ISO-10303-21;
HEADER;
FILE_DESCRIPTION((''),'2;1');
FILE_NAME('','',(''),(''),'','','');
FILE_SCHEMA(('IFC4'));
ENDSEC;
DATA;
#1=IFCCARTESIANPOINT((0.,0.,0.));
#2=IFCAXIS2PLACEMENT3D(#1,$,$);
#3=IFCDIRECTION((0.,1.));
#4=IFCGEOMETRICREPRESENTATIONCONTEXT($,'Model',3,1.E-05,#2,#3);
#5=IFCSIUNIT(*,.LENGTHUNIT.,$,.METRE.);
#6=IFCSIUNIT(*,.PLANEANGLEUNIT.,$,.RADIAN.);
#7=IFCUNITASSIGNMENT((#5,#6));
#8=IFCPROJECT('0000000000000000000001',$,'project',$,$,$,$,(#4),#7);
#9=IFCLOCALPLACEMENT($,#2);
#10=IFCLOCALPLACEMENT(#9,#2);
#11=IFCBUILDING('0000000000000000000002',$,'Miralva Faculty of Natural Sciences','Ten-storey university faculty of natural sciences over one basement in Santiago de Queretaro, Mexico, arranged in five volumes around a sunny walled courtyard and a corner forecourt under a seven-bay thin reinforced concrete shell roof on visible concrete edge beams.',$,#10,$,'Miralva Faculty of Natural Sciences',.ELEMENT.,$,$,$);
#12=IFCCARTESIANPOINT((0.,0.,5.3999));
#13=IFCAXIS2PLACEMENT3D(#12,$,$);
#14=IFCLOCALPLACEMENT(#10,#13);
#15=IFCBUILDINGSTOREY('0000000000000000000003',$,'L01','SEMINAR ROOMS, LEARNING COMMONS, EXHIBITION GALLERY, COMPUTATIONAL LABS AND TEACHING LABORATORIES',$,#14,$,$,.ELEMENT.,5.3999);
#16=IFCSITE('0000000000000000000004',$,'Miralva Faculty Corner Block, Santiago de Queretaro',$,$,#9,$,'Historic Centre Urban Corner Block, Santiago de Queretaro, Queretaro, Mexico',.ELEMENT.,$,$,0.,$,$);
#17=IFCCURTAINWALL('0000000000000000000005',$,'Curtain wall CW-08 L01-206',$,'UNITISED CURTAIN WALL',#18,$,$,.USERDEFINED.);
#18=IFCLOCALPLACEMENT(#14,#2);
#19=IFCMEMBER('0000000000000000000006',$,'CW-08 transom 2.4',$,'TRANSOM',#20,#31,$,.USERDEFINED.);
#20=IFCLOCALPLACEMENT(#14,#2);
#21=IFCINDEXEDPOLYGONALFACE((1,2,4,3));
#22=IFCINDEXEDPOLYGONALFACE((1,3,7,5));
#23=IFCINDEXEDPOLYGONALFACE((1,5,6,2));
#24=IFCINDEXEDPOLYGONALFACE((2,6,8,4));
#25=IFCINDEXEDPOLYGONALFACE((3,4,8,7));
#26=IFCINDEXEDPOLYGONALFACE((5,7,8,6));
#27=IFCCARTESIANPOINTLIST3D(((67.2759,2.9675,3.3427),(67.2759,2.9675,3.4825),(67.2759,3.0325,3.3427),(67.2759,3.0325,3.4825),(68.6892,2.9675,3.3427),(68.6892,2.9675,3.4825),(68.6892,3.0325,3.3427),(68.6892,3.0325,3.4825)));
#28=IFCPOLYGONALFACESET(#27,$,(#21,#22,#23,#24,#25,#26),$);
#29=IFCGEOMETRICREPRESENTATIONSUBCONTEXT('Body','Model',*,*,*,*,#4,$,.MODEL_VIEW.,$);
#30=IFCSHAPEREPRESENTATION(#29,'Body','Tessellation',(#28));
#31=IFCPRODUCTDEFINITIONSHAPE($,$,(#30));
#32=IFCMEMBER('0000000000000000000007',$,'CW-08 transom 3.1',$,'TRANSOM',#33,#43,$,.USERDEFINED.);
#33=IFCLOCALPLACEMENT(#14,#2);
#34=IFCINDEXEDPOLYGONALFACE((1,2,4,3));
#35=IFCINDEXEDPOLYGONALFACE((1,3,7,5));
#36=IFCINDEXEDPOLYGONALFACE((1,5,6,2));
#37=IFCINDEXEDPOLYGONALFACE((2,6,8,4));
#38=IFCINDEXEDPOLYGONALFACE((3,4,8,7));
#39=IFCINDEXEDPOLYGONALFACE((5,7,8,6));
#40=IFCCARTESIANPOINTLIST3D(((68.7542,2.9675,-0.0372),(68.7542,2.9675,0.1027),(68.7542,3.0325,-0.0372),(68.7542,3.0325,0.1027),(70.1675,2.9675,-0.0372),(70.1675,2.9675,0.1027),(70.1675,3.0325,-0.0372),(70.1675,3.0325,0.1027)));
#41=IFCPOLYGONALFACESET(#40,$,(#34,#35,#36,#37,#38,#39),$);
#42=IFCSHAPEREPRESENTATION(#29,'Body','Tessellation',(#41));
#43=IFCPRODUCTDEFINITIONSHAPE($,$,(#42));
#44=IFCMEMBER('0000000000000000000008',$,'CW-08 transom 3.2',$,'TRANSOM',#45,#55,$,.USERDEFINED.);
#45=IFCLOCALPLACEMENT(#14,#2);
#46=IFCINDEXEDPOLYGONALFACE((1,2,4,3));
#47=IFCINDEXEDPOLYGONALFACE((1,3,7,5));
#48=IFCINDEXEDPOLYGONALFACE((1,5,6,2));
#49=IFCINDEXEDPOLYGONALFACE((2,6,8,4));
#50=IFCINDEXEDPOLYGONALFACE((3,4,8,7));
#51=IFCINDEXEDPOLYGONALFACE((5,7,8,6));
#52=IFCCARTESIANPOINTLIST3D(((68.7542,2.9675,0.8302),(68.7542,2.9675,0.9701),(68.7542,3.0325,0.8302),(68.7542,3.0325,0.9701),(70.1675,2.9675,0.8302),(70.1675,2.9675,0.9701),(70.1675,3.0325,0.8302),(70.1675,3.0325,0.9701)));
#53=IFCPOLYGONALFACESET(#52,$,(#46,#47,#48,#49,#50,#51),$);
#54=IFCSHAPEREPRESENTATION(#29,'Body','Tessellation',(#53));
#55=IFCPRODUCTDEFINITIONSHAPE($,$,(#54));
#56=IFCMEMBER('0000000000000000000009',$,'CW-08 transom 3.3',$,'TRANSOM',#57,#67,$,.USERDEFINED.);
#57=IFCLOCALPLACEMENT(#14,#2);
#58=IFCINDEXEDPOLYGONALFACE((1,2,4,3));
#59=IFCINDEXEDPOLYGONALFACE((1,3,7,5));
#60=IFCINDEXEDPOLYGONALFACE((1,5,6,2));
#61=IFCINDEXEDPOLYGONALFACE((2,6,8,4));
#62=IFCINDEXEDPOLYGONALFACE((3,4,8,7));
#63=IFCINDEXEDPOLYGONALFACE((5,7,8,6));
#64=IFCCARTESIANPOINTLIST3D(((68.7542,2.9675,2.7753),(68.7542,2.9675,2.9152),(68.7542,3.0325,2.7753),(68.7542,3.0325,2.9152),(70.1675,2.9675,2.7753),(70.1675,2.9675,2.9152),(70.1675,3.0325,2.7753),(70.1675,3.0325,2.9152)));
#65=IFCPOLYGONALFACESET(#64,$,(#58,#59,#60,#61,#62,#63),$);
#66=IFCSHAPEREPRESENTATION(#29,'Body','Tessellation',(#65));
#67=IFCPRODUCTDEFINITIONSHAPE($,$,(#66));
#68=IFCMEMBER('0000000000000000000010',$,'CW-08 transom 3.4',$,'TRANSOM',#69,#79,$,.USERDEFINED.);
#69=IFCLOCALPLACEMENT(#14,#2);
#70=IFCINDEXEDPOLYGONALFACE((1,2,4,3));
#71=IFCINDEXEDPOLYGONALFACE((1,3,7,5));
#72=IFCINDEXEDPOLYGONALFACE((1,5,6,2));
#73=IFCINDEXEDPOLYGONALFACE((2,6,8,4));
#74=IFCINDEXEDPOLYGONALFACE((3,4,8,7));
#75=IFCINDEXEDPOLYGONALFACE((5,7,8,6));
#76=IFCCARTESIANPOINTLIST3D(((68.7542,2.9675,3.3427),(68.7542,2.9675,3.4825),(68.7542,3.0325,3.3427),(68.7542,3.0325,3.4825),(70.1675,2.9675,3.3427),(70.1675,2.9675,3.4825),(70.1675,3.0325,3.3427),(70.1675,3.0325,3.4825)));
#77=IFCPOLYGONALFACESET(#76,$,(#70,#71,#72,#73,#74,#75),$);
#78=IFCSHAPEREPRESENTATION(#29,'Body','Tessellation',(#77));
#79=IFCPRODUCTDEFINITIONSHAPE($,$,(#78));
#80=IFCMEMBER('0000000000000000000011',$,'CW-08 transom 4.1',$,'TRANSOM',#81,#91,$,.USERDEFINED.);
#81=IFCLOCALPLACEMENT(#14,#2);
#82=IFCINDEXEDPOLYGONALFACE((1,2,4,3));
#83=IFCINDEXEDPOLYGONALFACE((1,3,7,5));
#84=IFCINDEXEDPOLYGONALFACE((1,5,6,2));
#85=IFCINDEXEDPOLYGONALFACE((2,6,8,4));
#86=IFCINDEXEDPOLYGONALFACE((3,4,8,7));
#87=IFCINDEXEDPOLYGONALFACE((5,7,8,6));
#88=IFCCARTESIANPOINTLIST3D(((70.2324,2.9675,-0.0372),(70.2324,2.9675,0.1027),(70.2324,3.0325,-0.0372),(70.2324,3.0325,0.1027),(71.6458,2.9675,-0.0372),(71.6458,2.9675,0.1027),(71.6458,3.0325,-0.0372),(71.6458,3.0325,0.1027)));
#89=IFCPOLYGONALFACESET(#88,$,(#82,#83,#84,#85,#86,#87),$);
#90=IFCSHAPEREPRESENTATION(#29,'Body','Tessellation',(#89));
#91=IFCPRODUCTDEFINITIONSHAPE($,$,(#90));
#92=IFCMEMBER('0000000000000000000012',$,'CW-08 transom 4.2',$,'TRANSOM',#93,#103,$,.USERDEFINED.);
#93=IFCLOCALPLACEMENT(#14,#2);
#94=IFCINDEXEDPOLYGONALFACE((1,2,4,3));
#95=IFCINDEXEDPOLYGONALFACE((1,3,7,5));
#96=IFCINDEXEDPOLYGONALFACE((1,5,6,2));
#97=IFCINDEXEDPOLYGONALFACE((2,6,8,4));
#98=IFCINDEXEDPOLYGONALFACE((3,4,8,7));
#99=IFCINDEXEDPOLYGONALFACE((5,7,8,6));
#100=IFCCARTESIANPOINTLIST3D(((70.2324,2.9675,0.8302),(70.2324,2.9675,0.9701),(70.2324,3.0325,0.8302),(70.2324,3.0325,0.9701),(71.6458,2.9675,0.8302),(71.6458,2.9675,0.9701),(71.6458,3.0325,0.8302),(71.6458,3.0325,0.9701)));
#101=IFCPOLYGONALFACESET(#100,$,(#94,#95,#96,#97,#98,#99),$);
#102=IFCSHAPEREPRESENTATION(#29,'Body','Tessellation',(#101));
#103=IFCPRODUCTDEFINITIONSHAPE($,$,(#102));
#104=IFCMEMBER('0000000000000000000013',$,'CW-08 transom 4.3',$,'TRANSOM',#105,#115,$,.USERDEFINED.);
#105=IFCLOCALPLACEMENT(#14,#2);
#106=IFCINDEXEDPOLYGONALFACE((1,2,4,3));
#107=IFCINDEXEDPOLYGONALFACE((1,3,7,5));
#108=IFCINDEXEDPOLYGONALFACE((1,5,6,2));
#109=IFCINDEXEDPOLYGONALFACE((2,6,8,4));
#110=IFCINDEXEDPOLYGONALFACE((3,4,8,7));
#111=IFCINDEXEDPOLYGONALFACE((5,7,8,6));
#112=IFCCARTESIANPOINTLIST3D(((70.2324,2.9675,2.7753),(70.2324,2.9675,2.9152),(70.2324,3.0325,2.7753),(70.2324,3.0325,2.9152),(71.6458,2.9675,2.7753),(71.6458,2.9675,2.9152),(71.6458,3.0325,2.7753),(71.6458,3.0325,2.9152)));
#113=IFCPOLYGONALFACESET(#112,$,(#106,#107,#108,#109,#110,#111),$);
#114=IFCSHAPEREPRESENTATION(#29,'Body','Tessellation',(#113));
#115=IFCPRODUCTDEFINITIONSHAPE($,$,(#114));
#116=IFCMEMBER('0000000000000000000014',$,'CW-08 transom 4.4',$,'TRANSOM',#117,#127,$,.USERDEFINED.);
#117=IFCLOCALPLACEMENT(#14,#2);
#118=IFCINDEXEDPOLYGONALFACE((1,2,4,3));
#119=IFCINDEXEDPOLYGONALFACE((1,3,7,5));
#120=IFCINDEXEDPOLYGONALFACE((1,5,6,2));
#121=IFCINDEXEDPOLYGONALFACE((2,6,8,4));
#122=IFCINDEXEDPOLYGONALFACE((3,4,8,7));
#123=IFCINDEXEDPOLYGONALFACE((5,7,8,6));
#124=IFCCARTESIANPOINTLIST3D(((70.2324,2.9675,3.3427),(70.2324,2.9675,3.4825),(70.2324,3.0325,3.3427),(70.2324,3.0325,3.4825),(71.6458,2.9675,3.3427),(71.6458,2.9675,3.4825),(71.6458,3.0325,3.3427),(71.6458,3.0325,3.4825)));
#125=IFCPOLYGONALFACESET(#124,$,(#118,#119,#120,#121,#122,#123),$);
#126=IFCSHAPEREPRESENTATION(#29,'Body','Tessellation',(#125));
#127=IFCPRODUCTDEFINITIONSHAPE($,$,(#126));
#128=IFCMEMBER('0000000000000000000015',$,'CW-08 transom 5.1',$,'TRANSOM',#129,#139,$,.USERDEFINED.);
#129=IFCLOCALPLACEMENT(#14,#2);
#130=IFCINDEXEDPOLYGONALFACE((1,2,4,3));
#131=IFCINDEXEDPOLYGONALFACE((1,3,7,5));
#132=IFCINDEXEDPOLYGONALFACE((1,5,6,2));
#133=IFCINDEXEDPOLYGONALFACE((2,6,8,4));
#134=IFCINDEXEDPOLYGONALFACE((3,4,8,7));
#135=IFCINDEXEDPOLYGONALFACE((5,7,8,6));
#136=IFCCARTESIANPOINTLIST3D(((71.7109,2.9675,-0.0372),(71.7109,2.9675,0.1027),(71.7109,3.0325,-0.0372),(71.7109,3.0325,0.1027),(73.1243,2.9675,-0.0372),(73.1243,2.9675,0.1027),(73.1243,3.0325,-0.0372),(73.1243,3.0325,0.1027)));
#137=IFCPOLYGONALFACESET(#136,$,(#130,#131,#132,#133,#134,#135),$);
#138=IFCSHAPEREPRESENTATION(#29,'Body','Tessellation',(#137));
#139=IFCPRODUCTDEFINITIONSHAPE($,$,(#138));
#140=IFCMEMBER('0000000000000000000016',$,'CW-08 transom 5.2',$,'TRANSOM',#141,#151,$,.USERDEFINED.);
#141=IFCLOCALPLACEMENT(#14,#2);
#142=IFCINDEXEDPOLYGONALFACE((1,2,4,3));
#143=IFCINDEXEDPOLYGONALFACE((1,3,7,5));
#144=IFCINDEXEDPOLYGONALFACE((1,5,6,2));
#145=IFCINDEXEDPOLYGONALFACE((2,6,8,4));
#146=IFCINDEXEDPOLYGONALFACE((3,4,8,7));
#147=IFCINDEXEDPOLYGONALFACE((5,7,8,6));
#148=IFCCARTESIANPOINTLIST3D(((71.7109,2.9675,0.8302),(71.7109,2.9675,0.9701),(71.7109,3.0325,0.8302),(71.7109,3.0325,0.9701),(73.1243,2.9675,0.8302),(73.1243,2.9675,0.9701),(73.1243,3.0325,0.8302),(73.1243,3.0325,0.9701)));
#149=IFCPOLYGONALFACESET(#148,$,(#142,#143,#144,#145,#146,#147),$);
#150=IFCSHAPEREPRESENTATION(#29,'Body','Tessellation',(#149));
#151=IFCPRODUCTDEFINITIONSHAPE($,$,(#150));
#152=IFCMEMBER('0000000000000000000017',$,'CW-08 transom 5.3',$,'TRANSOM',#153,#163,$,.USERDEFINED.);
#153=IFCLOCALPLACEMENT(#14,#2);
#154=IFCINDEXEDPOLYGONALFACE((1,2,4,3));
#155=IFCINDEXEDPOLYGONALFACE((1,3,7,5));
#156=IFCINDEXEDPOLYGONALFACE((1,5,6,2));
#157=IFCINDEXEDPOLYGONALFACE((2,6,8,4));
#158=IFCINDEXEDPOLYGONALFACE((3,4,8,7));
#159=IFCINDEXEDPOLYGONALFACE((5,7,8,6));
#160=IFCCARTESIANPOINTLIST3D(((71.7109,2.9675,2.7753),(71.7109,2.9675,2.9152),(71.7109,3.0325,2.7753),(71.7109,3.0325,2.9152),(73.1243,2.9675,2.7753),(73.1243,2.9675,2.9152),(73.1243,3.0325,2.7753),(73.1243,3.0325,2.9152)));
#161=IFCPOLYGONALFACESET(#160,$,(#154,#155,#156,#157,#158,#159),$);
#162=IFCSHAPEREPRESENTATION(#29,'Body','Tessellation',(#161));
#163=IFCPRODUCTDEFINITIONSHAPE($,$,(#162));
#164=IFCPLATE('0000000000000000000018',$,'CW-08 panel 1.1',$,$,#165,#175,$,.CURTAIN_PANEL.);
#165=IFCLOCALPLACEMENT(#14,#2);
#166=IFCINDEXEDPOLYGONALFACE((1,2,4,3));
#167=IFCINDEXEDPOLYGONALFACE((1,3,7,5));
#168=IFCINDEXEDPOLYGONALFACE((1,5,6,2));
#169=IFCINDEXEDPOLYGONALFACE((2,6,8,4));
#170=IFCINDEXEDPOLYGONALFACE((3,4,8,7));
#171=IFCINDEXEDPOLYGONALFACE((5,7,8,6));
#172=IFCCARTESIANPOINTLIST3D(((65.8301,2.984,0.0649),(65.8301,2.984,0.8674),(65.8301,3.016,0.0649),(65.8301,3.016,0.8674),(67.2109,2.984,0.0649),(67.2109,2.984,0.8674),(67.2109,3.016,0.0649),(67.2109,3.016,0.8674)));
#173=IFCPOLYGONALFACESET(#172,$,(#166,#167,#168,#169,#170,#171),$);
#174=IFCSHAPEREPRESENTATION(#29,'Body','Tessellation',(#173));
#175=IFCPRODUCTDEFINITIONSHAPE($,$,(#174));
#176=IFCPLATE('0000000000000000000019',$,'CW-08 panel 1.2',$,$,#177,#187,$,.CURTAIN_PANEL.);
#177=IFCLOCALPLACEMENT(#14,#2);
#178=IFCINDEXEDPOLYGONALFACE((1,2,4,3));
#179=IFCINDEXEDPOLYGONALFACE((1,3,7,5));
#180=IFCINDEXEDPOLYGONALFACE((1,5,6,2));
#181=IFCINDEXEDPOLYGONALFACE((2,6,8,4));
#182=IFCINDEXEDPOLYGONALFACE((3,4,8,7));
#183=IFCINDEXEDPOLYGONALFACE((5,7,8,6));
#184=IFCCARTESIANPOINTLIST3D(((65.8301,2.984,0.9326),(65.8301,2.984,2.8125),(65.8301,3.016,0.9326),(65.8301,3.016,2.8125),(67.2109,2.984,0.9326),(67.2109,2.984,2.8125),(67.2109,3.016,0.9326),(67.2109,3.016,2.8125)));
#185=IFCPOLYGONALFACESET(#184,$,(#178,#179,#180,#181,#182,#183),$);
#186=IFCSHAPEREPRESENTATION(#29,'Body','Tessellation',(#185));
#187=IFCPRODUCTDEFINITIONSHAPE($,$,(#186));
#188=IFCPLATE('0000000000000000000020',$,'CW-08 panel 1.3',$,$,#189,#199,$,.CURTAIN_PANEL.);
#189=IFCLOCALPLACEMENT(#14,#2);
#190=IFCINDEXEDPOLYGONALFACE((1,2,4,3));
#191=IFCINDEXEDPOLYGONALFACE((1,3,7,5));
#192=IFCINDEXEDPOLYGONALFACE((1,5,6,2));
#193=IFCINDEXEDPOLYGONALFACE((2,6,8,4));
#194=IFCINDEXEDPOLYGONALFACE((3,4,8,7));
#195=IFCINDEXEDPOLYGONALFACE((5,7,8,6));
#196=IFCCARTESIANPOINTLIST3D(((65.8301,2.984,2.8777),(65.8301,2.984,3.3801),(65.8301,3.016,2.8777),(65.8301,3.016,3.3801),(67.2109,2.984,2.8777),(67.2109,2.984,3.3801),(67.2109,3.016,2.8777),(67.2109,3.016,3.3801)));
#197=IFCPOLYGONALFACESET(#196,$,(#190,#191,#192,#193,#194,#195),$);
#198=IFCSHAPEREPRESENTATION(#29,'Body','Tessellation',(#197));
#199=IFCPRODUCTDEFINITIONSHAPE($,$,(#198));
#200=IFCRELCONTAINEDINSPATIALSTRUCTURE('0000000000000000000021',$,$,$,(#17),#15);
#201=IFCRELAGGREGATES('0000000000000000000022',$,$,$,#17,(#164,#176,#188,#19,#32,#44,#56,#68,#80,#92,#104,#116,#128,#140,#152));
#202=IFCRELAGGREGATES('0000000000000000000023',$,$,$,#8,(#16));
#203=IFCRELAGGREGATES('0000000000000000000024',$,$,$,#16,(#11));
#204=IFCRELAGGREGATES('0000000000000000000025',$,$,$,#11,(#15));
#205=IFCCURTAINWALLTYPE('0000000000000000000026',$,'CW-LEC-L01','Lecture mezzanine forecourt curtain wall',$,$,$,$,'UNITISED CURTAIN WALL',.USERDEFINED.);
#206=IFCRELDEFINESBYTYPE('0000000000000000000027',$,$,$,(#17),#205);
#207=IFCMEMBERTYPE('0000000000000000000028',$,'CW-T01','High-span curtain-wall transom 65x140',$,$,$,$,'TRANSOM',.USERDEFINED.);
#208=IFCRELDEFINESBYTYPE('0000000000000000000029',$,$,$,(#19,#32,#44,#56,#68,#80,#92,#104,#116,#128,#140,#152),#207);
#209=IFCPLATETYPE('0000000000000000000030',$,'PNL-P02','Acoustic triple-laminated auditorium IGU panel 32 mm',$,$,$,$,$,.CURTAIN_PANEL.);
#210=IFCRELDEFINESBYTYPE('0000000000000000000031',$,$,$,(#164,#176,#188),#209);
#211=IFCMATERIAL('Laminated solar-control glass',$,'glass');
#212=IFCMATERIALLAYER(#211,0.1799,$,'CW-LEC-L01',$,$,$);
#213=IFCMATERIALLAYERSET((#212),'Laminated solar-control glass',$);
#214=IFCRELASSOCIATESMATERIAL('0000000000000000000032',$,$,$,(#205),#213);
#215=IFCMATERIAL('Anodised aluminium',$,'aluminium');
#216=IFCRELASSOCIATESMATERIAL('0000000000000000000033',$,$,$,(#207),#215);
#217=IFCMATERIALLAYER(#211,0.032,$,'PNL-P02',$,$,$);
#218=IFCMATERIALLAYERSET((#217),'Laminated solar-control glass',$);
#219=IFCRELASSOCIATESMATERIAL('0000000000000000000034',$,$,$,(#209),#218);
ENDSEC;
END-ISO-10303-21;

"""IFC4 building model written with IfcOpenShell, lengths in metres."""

from ifc_helpers import new_model, si_unit, direction, frame, origin, origin_2d, place, context, subcontext, project, spatial, rectangle, extrude, material, layer, layer_set, material_profile, profile_set, type_object, element, aggregate, save


model = new_model("IFC4")

# Units and contexts
model_context = context("Model", 3, precision=1e-05, world=origin(), true_north=direction((0.0, 1.0)))
body_context = subcontext(model_context, "Body", "Model", "MODEL_VIEW")
ifc_project = project(units=[si_unit("LENGTHUNIT", "METRE"), si_unit("PLANEANGLEUNIT", "RADIAN")], contexts=[model_context])

# Site, building, storey
site_placement = place(None, origin())
site = spatial("IfcSite", under=ifc_project, at=site_placement, Name="Miralva Faculty Corner Block, Santiago de Queretaro", LongName="Historic Centre Urban Corner Block, Santiago de Queretaro, Queretaro, Mexico", CompositionType="ELEMENT", RefElevation=0.0)
building_placement = place(site_placement, origin())
building = spatial("IfcBuilding", under=site, at=building_placement, Name="Miralva Faculty of Natural Sciences", Description="Ten-storey university faculty of natural sciences over one basement in Santiago de Queretaro, Mexico, arranged in five volumes around a sunny walled courtyard and a corner forecourt under a seven-bay thin reinforced concrete shell roof on visible concrete edge beams.", LongName="Miralva Faculty of Natural Sciences", CompositionType="ELEMENT")
storey_placement = place(building_placement, frame((0.0, 0.0, 5.3999)))
storey = spatial("IfcBuildingStorey", under=building, at=storey_placement, Name="L01", Description="SEMINAR ROOMS, LEARNING COMMONS, EXHIBITION GALLERY, COMPUTATIONAL LABS AND TEACHING LABORATORIES", CompositionType="ELEMENT", Elevation=5.3999)

# Curtain wall, members, plates
ifc_material_1 = material(Name="Laminated solar-control glass", Category="glass")
ifc_layer_1 = layer(ifc_material_1, 0.1799, Name="CW-LEC-L01")
ifc_layer_set_1 = layer_set([ifc_layer_1], Name="Laminated solar-control glass")
curtain_wall_type = type_object("IfcCurtainWallType", Name="CW-LEC-L01", Description="Lecture mezzanine forecourt curtain wall", ElementType="UNITISED CURTAIN WALL", PredefinedType="USERDEFINED", material=ifc_layer_set_1)
curtain_wall_placement = place(storey_placement, origin())
curtain_wall = element("IfcCurtainWall", 1, at=curtain_wall_placement, inside=storey, type_object=curtain_wall_type, Name="Curtain wall CW-08 L01-206", ObjectType="UNITISED CURTAIN WALL", PredefinedType="USERDEFINED")
ifc_material_2 = material(Name="Anodised aluminium", Category="aluminium")
ifc_material_profile_1 = material_profile(ifc_material_2, rectangle(XDim=0.0649, YDim=0.1399, at=origin_2d()), Name="TRANSOM 65x140")
ifc_profile_set_1 = profile_set([ifc_material_profile_1], Name="Anodised aluminium")
member_type_1 = type_object("IfcMemberType", Name="CW-T01", Description="High-span curtain-wall transom 65x140", ElementType="TRANSOM", PredefinedType="USERDEFINED", material=ifc_profile_set_1)
member_1_placement = place(storey_placement, frame((67.2759, 3.0, 3.4126), z_axis=(1.0, 0.0, 0.0), x_axis=(0.0, 1.0, 0.0)))
member_1 = element("IfcMember", 2, at=member_1_placement, type_object=member_type_1, Name="CW-08 transom 2.4", ObjectType="TRANSOM", PredefinedType="USERDEFINED", context=body_context, shape_type="SweptSolid", body=[
    extrude(rectangle(XDim=0.0649, YDim=0.1399, at=origin_2d()), origin(), (0.0, 0.0, 1.0), 1.4133),
])
member_2_placement = place(storey_placement, frame((68.7542, 3.0, 0.0327), z_axis=(1.0, 0.0, 0.0), x_axis=(0.0, 1.0, 0.0)))
member_2 = element("IfcMember", 3, at=member_2_placement, type_object=member_type_1, Name="CW-08 transom 3.1", ObjectType="TRANSOM", PredefinedType="USERDEFINED", context=body_context, shape_type="SweptSolid", body=[
    extrude(rectangle(XDim=0.0649, YDim=0.1399, at=origin_2d()), origin(), (0.0, 0.0, 1.0), 1.4133),
])
member_3_placement = place(storey_placement, frame((68.7542, 3.0, 0.9001), z_axis=(1.0, 0.0, 0.0), x_axis=(0.0, 1.0, 0.0)))
member_3 = element("IfcMember", 4, at=member_3_placement, type_object=member_type_1, Name="CW-08 transom 3.2", ObjectType="TRANSOM", PredefinedType="USERDEFINED", context=body_context, shape_type="SweptSolid", body=[
    extrude(rectangle(XDim=0.0649, YDim=0.1399, at=origin_2d()), origin(), (0.0, 0.0, 1.0), 1.4133),
])
member_4_placement = place(storey_placement, frame((68.7542, 3.0, 2.8452), z_axis=(1.0, 0.0, 0.0), x_axis=(0.0, 1.0, 0.0)))
member_4 = element("IfcMember", 5, at=member_4_placement, type_object=member_type_1, Name="CW-08 transom 3.3", ObjectType="TRANSOM", PredefinedType="USERDEFINED", context=body_context, shape_type="SweptSolid", body=[
    extrude(rectangle(XDim=0.0649, YDim=0.1399, at=origin_2d()), origin(), (0.0, 0.0, 1.0), 1.4133),
])
member_5_placement = place(storey_placement, frame((68.7542, 3.0, 3.4126), z_axis=(1.0, 0.0, 0.0), x_axis=(0.0, 1.0, 0.0)))
member_5 = element("IfcMember", 6, at=member_5_placement, type_object=member_type_1, Name="CW-08 transom 3.4", ObjectType="TRANSOM", PredefinedType="USERDEFINED", context=body_context, shape_type="SweptSolid", body=[
    extrude(rectangle(XDim=0.0649, YDim=0.1399, at=origin_2d()), origin(), (0.0, 0.0, 1.0), 1.4133),
])
member_6_placement = place(storey_placement, frame((70.2324, 3.0, 0.0327), z_axis=(1.0, 0.0, 0.0), x_axis=(0.0, 1.0, 0.0)))
member_6 = element("IfcMember", 7, at=member_6_placement, type_object=member_type_1, Name="CW-08 transom 4.1", ObjectType="TRANSOM", PredefinedType="USERDEFINED", context=body_context, shape_type="SweptSolid", body=[
    extrude(rectangle(XDim=0.0649, YDim=0.1399, at=origin_2d()), origin(), (0.0, 0.0, 1.0), 1.4133),
])
member_7_placement = place(storey_placement, frame((70.2324, 3.0, 0.9001), z_axis=(1.0, 0.0, 0.0), x_axis=(0.0, 1.0, 0.0)))
member_7 = element("IfcMember", 8, at=member_7_placement, type_object=member_type_1, Name="CW-08 transom 4.2", ObjectType="TRANSOM", PredefinedType="USERDEFINED", context=body_context, shape_type="SweptSolid", body=[
    extrude(rectangle(XDim=0.0649, YDim=0.1399, at=origin_2d()), origin(), (0.0, 0.0, 1.0), 1.4133),
])
member_8_placement = place(storey_placement, frame((70.2324, 3.0, 2.8452), z_axis=(1.0, 0.0, 0.0), x_axis=(0.0, 1.0, 0.0)))
member_8 = element("IfcMember", 9, at=member_8_placement, type_object=member_type_1, Name="CW-08 transom 4.3", ObjectType="TRANSOM", PredefinedType="USERDEFINED", context=body_context, shape_type="SweptSolid", body=[
    extrude(rectangle(XDim=0.0649, YDim=0.1399, at=origin_2d()), origin(), (0.0, 0.0, 1.0), 1.4133),
])
member_9_placement = place(storey_placement, frame((70.2324, 3.0, 3.4126), z_axis=(1.0, 0.0, 0.0), x_axis=(0.0, 1.0, 0.0)))
member_9 = element("IfcMember", 10, at=member_9_placement, type_object=member_type_1, Name="CW-08 transom 4.4", ObjectType="TRANSOM", PredefinedType="USERDEFINED", context=body_context, shape_type="SweptSolid", body=[
    extrude(rectangle(XDim=0.0649, YDim=0.1399, at=origin_2d()), origin(), (0.0, 0.0, 1.0), 1.4133),
])
member_10_placement = place(storey_placement, frame((71.7109, 3.0, 0.0327), z_axis=(1.0, 0.0, 0.0), x_axis=(0.0, 1.0, 0.0)))
member_10 = element("IfcMember", 11, at=member_10_placement, type_object=member_type_1, Name="CW-08 transom 5.1", ObjectType="TRANSOM", PredefinedType="USERDEFINED", context=body_context, shape_type="SweptSolid", body=[
    extrude(rectangle(XDim=0.0649, YDim=0.1399, at=origin_2d()), origin(), (0.0, 0.0, 1.0), 1.4133),
])
member_11_placement = place(storey_placement, frame((71.7109, 3.0, 0.9001), z_axis=(1.0, 0.0, 0.0), x_axis=(0.0, 1.0, 0.0)))
member_11 = element("IfcMember", 12, at=member_11_placement, type_object=member_type_1, Name="CW-08 transom 5.2", ObjectType="TRANSOM", PredefinedType="USERDEFINED", context=body_context, shape_type="SweptSolid", body=[
    extrude(rectangle(XDim=0.0649, YDim=0.1399, at=origin_2d()), origin(), (0.0, 0.0, 1.0), 1.4133),
])
member_12_placement = place(storey_placement, frame((71.7109, 3.0, 2.8452), z_axis=(1.0, 0.0, 0.0), x_axis=(0.0, 1.0, 0.0)))
member_12 = element("IfcMember", 13, at=member_12_placement, type_object=member_type_1, Name="CW-08 transom 5.3", ObjectType="TRANSOM", PredefinedType="USERDEFINED", context=body_context, shape_type="SweptSolid", body=[
    extrude(rectangle(XDim=0.0649, YDim=0.1399, at=origin_2d()), origin(), (0.0, 0.0, 1.0), 1.4133),
])
ifc_layer_2 = layer(ifc_material_1, 0.032, Name="PNL-P02")
ifc_layer_set_2 = layer_set([ifc_layer_2], Name="Laminated solar-control glass")
plate_type = type_object("IfcPlateType", Name="PNL-P02", Description="Acoustic triple-laminated auditorium IGU panel 32 mm", PredefinedType="CURTAIN_PANEL", material=ifc_layer_set_2)
plate_1_placement = place(storey_placement, frame((66.5205, 3.0, 0.0649), z_axis=(0.0, 0.0, 1.0), x_axis=(1.0, 0.0, 0.0)))
plate_1 = element("IfcPlate", 14, at=plate_1_placement, type_object=plate_type, Name="CW-08 panel 1.1", PredefinedType="CURTAIN_PANEL", context=body_context, shape_type="SweptSolid", body=[
    extrude(rectangle(XDim=1.3809, YDim=0.032, at=origin_2d()), origin(), (0.0, 0.0, 1.0), 0.8025),
])
plate_2_placement = place(storey_placement, frame((66.5205, 3.0, 0.9326), z_axis=(0.0, 0.0, 1.0), x_axis=(1.0, 0.0, 0.0)))
plate_2 = element("IfcPlate", 15, at=plate_2_placement, type_object=plate_type, Name="CW-08 panel 1.2", PredefinedType="CURTAIN_PANEL", context=body_context, shape_type="SweptSolid", body=[
    extrude(rectangle(XDim=1.3809, YDim=0.032, at=origin_2d()), origin(), (0.0, 0.0, 1.0), 1.8799),
])
plate_3_placement = place(storey_placement, frame((66.5205, 3.0, 2.8777), z_axis=(0.0, 0.0, 1.0), x_axis=(1.0, 0.0, 0.0)))
plate_3 = element("IfcPlate", 16, at=plate_3_placement, type_object=plate_type, Name="CW-08 panel 1.3", PredefinedType="CURTAIN_PANEL", context=body_context, shape_type="SweptSolid", body=[
    extrude(rectangle(XDim=1.3809, YDim=0.032, at=origin_2d()), origin(), (0.0, 0.0, 1.0), 0.5024),
])
aggregate(curtain_wall, [plate_1, plate_2, plate_3, member_1, member_2, member_3, member_4, member_5, member_6, member_7, member_8, member_9, member_10, member_11, member_12])

save(model, "model.ifc")
